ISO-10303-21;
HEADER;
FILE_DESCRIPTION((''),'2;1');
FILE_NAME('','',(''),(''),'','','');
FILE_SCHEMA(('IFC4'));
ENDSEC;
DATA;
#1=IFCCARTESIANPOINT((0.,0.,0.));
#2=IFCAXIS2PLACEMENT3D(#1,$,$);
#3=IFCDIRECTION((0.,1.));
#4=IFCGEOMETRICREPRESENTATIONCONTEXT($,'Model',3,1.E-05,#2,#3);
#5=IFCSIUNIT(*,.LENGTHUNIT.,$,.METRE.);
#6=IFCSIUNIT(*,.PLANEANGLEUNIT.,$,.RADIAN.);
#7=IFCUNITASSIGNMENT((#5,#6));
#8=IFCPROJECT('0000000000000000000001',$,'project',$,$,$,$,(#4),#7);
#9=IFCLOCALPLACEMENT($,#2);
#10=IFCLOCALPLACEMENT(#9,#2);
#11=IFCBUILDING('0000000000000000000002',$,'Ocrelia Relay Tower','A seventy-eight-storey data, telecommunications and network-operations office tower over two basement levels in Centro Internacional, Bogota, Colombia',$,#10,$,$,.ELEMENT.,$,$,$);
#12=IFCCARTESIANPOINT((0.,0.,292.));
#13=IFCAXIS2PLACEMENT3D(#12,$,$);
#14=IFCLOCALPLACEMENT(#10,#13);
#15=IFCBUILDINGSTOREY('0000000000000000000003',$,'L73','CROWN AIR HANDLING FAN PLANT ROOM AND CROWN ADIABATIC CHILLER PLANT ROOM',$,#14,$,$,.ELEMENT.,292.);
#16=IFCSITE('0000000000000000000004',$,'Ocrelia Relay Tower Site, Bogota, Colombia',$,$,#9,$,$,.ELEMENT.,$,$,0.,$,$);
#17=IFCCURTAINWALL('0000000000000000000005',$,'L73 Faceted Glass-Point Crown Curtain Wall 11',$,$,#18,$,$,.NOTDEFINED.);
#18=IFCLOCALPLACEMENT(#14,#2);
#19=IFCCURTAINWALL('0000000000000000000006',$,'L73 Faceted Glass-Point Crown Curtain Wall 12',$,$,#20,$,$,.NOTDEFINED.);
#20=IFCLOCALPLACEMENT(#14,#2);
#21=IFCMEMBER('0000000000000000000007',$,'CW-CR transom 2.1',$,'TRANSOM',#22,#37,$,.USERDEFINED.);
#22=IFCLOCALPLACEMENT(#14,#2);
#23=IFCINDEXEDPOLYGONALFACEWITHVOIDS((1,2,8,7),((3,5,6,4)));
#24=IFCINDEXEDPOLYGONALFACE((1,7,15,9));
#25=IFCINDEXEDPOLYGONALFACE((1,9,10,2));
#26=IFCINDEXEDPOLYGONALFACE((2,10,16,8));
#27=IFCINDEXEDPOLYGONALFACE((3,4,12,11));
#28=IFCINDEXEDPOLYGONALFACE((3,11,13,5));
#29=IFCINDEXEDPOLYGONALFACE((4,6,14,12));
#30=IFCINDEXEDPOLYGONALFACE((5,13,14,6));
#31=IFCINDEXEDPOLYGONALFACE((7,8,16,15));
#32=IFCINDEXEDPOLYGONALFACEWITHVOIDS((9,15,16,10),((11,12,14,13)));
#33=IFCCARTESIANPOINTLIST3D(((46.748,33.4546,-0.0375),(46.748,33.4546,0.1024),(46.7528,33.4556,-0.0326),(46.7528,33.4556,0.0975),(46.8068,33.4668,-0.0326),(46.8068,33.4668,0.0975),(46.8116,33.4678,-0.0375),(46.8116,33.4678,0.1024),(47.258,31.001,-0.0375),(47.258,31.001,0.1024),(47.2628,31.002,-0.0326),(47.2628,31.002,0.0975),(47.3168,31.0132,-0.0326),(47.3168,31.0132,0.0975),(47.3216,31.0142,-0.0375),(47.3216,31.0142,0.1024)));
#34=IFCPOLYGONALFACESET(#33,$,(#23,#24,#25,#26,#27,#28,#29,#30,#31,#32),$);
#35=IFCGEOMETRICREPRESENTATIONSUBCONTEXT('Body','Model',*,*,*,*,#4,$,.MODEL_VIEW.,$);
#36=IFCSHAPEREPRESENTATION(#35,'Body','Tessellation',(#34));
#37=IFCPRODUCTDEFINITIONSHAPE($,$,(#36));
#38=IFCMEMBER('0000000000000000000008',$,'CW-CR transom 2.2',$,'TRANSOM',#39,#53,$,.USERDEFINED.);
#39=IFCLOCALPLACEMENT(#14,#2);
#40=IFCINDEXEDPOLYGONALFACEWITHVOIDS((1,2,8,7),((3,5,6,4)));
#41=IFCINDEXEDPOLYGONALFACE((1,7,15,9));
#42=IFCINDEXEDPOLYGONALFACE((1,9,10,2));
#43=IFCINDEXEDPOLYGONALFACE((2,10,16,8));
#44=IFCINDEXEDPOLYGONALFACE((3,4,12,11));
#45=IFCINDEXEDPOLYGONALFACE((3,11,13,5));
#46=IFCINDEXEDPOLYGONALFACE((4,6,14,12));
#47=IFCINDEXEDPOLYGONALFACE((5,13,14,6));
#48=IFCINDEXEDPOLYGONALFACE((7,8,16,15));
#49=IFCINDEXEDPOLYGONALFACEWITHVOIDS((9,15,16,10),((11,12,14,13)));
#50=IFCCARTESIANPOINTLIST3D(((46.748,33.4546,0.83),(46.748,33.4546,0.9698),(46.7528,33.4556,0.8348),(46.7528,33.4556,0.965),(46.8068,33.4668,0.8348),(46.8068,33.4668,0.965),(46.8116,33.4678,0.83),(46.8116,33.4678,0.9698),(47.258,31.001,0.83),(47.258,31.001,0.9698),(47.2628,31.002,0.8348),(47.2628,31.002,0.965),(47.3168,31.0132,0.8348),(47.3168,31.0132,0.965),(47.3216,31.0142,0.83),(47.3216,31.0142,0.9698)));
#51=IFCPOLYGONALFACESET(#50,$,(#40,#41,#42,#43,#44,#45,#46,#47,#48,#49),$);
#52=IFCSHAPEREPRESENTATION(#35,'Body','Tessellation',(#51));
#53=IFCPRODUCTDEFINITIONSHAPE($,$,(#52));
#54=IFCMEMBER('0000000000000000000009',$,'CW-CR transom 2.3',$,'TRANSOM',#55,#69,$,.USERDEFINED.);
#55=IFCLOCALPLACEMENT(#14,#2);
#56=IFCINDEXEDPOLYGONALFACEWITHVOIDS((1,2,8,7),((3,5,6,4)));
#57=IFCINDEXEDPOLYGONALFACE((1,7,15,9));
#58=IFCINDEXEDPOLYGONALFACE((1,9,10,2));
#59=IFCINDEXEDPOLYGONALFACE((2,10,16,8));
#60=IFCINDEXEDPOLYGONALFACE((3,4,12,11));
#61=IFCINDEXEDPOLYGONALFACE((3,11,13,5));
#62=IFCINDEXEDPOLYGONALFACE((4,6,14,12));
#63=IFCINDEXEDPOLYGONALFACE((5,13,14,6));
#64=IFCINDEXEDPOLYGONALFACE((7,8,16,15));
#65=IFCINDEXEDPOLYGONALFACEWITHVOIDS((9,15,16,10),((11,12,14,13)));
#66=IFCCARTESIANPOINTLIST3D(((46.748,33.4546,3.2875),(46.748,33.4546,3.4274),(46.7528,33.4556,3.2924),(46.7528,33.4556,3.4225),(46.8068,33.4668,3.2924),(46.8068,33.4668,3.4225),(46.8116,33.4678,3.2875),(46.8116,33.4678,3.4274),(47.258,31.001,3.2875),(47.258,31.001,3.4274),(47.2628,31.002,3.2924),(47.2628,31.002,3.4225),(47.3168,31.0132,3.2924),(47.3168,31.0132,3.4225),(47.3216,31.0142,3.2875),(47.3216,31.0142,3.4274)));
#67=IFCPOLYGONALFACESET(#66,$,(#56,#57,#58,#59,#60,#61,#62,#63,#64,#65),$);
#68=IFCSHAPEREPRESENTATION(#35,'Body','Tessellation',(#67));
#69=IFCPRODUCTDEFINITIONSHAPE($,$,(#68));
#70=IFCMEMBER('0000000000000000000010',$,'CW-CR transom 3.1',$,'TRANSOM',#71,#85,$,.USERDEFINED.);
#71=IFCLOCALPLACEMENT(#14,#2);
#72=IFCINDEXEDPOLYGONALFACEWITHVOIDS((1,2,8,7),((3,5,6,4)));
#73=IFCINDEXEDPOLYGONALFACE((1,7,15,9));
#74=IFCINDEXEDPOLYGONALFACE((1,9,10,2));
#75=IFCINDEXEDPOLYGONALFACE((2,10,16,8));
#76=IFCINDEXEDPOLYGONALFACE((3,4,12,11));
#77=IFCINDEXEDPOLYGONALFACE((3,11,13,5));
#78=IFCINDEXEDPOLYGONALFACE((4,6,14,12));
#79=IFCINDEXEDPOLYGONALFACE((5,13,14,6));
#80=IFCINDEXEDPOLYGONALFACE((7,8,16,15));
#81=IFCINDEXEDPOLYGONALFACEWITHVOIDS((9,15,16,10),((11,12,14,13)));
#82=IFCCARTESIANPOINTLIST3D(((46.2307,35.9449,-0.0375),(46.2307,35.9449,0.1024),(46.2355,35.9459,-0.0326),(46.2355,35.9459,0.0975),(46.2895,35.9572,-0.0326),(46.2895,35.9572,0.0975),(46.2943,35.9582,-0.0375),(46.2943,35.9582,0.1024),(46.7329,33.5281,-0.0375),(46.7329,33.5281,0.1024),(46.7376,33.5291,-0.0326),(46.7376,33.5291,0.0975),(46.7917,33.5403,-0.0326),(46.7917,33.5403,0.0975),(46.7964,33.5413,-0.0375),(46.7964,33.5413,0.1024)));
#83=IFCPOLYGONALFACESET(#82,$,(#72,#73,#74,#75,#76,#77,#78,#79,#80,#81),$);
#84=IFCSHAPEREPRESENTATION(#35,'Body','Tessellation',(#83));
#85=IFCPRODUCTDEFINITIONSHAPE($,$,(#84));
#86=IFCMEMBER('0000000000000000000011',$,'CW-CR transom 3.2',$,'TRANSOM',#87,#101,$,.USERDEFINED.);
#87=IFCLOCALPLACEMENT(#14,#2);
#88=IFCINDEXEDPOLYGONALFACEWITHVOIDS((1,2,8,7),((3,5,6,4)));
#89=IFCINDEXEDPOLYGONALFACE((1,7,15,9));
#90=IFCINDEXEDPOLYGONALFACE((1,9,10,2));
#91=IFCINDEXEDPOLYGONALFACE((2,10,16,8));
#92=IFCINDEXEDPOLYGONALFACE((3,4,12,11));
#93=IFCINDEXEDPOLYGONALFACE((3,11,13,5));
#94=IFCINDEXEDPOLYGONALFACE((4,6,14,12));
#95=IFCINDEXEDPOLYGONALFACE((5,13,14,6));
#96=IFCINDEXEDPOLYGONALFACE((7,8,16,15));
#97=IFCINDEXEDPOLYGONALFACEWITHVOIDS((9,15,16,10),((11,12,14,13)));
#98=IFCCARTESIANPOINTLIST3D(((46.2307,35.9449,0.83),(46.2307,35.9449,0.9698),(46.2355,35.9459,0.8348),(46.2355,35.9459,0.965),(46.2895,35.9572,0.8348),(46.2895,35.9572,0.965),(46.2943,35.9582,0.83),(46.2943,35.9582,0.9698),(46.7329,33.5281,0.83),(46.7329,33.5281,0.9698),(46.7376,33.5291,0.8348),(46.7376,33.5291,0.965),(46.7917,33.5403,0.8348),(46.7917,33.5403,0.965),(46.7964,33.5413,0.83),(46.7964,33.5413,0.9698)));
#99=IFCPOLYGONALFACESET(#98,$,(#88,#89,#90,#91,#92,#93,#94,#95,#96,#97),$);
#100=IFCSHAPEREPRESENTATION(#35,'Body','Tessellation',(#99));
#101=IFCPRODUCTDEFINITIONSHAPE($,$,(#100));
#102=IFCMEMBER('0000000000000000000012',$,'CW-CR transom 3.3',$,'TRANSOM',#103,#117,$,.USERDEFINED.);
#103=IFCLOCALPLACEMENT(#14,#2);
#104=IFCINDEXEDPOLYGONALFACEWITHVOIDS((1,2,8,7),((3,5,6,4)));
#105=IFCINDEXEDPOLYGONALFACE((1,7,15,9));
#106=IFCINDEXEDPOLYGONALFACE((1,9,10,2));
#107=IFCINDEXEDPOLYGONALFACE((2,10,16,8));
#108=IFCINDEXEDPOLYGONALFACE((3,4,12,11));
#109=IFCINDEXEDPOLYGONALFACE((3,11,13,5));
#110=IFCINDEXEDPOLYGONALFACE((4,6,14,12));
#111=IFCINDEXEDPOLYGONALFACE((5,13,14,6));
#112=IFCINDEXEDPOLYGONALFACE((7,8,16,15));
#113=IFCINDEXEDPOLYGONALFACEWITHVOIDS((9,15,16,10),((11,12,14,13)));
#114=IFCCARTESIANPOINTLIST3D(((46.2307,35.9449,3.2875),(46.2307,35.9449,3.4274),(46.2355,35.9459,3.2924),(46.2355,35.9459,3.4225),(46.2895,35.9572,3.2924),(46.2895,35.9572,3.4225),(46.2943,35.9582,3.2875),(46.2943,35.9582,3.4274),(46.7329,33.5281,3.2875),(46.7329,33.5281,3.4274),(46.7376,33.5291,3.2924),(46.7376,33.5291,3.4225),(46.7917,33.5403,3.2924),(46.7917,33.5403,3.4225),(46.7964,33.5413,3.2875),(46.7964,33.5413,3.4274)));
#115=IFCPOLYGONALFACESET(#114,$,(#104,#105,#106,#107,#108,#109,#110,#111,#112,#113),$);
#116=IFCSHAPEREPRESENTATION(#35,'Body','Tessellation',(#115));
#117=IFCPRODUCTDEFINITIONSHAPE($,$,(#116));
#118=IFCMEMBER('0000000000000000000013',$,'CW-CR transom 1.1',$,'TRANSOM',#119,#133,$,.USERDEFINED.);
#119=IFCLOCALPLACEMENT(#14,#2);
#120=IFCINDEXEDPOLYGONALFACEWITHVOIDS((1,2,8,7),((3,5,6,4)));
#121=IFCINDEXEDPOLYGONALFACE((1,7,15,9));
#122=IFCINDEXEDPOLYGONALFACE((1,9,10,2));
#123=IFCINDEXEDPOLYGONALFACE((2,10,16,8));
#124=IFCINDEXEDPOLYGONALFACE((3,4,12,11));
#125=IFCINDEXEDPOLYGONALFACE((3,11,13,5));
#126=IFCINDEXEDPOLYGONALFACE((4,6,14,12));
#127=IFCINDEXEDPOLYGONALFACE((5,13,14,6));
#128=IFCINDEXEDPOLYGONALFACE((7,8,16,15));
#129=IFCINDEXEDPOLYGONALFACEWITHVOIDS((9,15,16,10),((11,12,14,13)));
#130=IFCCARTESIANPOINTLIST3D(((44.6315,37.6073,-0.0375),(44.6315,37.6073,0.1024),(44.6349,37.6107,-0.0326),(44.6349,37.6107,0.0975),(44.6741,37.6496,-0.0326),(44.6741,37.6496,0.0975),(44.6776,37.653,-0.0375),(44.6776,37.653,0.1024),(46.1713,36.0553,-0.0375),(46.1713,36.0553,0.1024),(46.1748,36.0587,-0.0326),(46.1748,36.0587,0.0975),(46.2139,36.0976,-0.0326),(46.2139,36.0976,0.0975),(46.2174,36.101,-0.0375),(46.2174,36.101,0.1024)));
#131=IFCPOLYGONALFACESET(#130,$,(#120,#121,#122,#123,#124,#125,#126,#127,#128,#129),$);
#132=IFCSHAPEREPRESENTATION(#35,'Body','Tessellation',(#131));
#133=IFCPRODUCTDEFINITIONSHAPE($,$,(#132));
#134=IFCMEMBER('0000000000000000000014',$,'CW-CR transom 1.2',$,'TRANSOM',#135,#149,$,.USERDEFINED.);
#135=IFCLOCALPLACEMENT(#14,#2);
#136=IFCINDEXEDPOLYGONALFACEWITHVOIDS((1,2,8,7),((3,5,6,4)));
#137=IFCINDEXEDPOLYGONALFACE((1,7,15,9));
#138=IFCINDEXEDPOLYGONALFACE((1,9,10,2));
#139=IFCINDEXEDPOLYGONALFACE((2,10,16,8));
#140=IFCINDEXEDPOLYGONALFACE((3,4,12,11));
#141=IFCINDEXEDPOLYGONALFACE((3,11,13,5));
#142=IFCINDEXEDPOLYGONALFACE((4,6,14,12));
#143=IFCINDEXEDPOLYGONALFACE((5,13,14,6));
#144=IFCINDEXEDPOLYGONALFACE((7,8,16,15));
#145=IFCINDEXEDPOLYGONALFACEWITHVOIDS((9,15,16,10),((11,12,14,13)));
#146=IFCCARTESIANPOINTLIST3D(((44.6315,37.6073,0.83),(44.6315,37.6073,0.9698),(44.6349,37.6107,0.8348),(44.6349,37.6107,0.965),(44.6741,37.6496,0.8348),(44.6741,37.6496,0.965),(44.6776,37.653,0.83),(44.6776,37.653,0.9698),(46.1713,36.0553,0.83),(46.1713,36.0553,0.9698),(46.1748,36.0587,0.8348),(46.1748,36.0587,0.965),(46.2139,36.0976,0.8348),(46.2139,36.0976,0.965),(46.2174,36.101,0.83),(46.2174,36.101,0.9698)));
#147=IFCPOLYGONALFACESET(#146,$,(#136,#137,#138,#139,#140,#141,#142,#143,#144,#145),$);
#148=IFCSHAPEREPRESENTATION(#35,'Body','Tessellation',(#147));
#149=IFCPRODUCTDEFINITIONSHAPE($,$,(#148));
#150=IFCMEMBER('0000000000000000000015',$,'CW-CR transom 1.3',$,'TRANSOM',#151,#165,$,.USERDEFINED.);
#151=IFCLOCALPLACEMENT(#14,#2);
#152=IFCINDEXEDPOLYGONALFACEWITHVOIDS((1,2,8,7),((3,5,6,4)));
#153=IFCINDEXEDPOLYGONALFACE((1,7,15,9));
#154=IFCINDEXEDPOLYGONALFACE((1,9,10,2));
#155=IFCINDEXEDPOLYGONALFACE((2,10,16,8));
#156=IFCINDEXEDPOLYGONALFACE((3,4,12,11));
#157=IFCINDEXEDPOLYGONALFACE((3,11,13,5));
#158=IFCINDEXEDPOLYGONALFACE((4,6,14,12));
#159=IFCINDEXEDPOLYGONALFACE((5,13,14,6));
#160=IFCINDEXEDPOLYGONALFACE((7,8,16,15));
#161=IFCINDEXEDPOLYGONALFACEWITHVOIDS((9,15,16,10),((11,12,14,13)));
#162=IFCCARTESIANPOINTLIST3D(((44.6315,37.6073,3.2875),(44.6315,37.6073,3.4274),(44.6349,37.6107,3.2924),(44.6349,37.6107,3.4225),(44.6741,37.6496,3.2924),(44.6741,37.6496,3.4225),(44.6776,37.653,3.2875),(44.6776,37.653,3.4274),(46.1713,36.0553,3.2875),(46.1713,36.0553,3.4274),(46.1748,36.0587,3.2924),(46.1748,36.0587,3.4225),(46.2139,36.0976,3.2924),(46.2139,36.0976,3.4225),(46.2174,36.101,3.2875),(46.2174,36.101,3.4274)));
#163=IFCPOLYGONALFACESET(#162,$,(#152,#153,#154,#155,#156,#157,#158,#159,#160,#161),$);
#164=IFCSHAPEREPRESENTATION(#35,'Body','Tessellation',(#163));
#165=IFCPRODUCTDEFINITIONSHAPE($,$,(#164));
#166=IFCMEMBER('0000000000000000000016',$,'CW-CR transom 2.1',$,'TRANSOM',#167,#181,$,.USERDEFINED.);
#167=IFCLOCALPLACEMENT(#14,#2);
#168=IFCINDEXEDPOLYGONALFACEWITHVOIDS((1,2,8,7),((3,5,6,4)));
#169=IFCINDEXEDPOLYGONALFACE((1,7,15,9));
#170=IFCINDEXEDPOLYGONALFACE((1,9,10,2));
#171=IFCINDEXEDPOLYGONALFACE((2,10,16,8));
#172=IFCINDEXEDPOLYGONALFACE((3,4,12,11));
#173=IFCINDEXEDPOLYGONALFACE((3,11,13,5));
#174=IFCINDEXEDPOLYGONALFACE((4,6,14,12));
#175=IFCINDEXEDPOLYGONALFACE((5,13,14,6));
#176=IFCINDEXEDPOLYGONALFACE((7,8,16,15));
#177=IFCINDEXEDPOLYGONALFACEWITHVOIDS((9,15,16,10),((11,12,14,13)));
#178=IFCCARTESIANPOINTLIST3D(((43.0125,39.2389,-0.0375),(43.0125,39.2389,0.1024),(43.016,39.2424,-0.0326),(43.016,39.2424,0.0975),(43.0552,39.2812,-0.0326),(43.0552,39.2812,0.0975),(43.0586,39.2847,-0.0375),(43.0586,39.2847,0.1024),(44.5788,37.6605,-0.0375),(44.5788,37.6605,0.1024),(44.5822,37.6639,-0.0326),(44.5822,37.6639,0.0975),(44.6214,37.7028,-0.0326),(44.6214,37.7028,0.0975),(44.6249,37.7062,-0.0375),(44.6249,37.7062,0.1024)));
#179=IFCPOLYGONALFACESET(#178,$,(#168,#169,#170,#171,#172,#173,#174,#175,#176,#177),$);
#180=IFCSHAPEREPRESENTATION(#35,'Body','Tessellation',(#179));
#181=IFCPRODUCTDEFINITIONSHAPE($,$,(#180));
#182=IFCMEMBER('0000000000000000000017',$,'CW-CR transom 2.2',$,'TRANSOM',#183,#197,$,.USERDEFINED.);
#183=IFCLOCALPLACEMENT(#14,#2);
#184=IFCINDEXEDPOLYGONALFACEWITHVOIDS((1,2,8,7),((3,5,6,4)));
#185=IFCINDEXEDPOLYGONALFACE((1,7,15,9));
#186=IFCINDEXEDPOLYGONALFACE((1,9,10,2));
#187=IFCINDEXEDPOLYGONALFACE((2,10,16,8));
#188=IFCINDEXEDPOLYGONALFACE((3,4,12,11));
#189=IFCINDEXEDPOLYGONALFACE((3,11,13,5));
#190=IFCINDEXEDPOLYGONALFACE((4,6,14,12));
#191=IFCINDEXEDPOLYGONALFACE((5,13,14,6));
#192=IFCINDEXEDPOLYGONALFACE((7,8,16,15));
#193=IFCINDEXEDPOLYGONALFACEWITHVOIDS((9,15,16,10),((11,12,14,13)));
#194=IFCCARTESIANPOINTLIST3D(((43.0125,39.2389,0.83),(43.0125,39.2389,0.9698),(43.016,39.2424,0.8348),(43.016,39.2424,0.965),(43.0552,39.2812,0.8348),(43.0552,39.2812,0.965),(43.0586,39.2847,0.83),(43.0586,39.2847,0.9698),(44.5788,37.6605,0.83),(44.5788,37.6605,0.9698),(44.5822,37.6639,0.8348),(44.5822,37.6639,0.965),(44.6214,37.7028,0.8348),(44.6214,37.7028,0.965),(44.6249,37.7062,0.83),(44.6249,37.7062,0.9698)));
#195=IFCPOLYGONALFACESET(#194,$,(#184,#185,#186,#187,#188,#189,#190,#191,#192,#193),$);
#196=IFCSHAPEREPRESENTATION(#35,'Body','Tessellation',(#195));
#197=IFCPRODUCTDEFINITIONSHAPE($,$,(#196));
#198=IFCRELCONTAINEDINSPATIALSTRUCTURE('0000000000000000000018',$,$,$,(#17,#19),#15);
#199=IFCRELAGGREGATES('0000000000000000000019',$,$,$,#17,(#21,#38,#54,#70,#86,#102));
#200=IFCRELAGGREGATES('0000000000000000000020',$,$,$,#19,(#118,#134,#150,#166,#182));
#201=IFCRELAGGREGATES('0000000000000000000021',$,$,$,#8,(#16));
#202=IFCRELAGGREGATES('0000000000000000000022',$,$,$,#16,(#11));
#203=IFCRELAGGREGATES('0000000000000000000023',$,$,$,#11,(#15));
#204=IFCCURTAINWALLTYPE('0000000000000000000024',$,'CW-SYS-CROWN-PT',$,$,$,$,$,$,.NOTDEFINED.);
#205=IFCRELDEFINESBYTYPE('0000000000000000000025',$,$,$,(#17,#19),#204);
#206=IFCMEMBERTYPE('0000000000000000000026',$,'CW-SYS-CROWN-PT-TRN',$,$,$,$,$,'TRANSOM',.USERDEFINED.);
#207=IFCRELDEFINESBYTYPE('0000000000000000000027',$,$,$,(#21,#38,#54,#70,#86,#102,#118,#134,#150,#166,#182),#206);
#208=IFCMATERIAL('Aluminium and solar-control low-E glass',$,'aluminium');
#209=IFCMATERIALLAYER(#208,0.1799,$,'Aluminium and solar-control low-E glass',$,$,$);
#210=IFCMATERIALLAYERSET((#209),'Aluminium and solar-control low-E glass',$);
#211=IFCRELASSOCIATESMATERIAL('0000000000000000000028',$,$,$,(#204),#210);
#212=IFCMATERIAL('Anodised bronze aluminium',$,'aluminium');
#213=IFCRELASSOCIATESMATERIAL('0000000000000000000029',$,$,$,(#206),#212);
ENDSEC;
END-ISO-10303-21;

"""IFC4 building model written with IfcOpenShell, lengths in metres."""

from ifc_helpers import new_model, si_unit, direction, frame, origin, origin_2d, place, context, subcontext, project, spatial, hollow_rectangle, extrude, material, layer, layer_set, material_profile, profile_set, type_object, element, aggregate, save


model = new_model("IFC4")

# Units and contexts
model_context = context("Model", 3, precision=1e-05, world=origin(), true_north=direction((0.0, 1.0)))
body_context = subcontext(model_context, "Body", "Model", "MODEL_VIEW")
ifc_project = project(units=[si_unit("LENGTHUNIT", "METRE"), si_unit("PLANEANGLEUNIT", "RADIAN")], contexts=[model_context])

# Site, building, storey
site_placement = place(None, origin())
site = spatial("IfcSite", under=ifc_project, at=site_placement, Name="Ocrelia Relay Tower Site, Bogota, Colombia", CompositionType="ELEMENT", RefElevation=0.0)
building_placement = place(site_placement, origin())
building = spatial("IfcBuilding", under=site, at=building_placement, Name="Ocrelia Relay Tower", Description="A seventy-eight-storey data, telecommunications and network-operations office tower over two basement levels in Centro Internacional, Bogota, Colombia", CompositionType="ELEMENT")
storey_placement = place(building_placement, frame((0.0, 0.0, 292.0)))
storey = spatial("IfcBuildingStorey", under=building, at=storey_placement, Name="L73", Description="CROWN AIR HANDLING FAN PLANT ROOM AND CROWN ADIABATIC CHILLER PLANT ROOM", CompositionType="ELEMENT", Elevation=292.0)

# Curtain walls
ifc_material_1 = material(Name="Aluminium and solar-control low-E glass", Category="aluminium")
ifc_layer_1 = layer(ifc_material_1, 0.1799, Name="Aluminium and solar-control low-E glass")
ifc_layer_set_1 = layer_set([ifc_layer_1], Name="Aluminium and solar-control low-E glass")
curtain_wall_type = type_object("IfcCurtainWallType", Name="CW-SYS-CROWN-PT", PredefinedType="NOTDEFINED", material=ifc_layer_set_1)
curtain_wall_1_placement = place(storey_placement, origin())
curtain_wall_1 = element("IfcCurtainWall", 1, at=curtain_wall_1_placement, inside=storey, type_object=curtain_wall_type, Name="L73 Faceted Glass-Point Crown Curtain Wall 11", PredefinedType="NOTDEFINED")
ifc_material_2 = material(Name="Anodised bronze aluminium", Category="aluminium")
curtain_wall_2_placement = place(storey_placement, origin())
curtain_wall_2 = element("IfcCurtainWall", 2, at=curtain_wall_2_placement, inside=storey, type_object=curtain_wall_type, Name="L73 Faceted Glass-Point Crown Curtain Wall 12", PredefinedType="NOTDEFINED")

# Members
ifc_material_profile_1 = material_profile(ifc_material_2, hollow_rectangle(XDim=0.0649, YDim=0.1399, WallThickness=0.0049, at=origin_2d()), Name="CW-TRN-140x65")
ifc_profile_set_1 = profile_set([ifc_material_profile_1], Name="Anodised bronze aluminium")
member_type_1 = type_object("IfcMemberType", Name="CW-SYS-CROWN-PT-TRN", ElementType="TRANSOM", PredefinedType="USERDEFINED", material=ifc_profile_set_1)
member_1_placement = place(storey_placement, frame((47.2898, 31.0076, 0.0325), z_axis=(-0.203511, 0.979073, 0.0), x_axis=(-0.979073, -0.203511, 0.0)))
member_1 = element("IfcMember", 3, at=member_1_placement, type_object=member_type_1, Name="CW-CR transom 2.1", ObjectType="TRANSOM", PredefinedType="USERDEFINED", context=body_context, shape_type="SweptSolid", body=[
    extrude(hollow_rectangle(XDim=0.0649, YDim=0.1399, WallThickness=0.0049, at=origin_2d()), origin(), (0.0, 0.0, 1.0), 2.5061),
])
member_2_placement = place(storey_placement, frame((47.2898, 31.0076, 0.8999), z_axis=(-0.203511, 0.979073, 0.0), x_axis=(-0.979073, -0.203511, 0.0)))
member_2 = element("IfcMember", 4, at=member_2_placement, type_object=member_type_1, Name="CW-CR transom 2.2", ObjectType="TRANSOM", PredefinedType="USERDEFINED", context=body_context, shape_type="SweptSolid", body=[
    extrude(hollow_rectangle(XDim=0.0649, YDim=0.1399, WallThickness=0.0049, at=origin_2d()), origin(), (0.0, 0.0, 1.0), 2.5061),
])
member_3_placement = place(storey_placement, frame((47.2898, 31.0076, 3.3574), z_axis=(-0.203511, 0.979073, 0.0), x_axis=(-0.979073, -0.203511, 0.0)))
member_3 = element("IfcMember", 5, at=member_3_placement, type_object=member_type_1, Name="CW-CR transom 2.3", ObjectType="TRANSOM", PredefinedType="USERDEFINED", context=body_context, shape_type="SweptSolid", body=[
    extrude(hollow_rectangle(XDim=0.0649, YDim=0.1399, WallThickness=0.0049, at=origin_2d()), origin(), (0.0, 0.0, 1.0), 2.5061),
])
member_4_placement = place(storey_placement, frame((46.7646, 33.5347, 0.0325), z_axis=(-0.203433, 0.979089, 0.0), x_axis=(-0.979089, -0.203433, 0.0)))
member_4 = element("IfcMember", 6, at=member_4_placement, type_object=member_type_1, Name="CW-CR transom 3.1", ObjectType="TRANSOM", PredefinedType="USERDEFINED", context=body_context, shape_type="SweptSolid", body=[
    extrude(hollow_rectangle(XDim=0.0649, YDim=0.1399, WallThickness=0.0049, at=origin_2d()), origin(), (0.0, 0.0, 1.0), 2.4685),
])
member_5_placement = place(storey_placement, frame((46.7646, 33.5347, 0.8999), z_axis=(-0.203433, 0.979089, 0.0), x_axis=(-0.979089, -0.203433, 0.0)))
member_5 = element("IfcMember", 7, at=member_5_placement, type_object=member_type_1, Name="CW-CR transom 3.2", ObjectType="TRANSOM", PredefinedType="USERDEFINED", context=body_context, shape_type="SweptSolid", body=[
    extrude(hollow_rectangle(XDim=0.0649, YDim=0.1399, WallThickness=0.0049, at=origin_2d()), origin(), (0.0, 0.0, 1.0), 2.4685),
])
member_6_placement = place(storey_placement, frame((46.7646, 33.5347, 3.3574), z_axis=(-0.203433, 0.979089, 0.0), x_axis=(-0.979089, -0.203433, 0.0)))
member_6 = element("IfcMember", 8, at=member_6_placement, type_object=member_type_1, Name="CW-CR transom 3.3", ObjectType="TRANSOM", PredefinedType="USERDEFINED", context=body_context, shape_type="SweptSolid", body=[
    extrude(hollow_rectangle(XDim=0.0649, YDim=0.1399, WallThickness=0.0049, at=origin_2d()), origin(), (0.0, 0.0, 1.0), 2.4685),
])
member_7_placement = place(storey_placement, frame((46.1943, 36.0781, 0.0325), z_axis=(-0.704309, 0.709893, 0.0), x_axis=(-0.709893, -0.704309, 0.0)))
member_7 = element("IfcMember", 9, at=member_7_placement, type_object=member_type_1, Name="CW-CR transom 1.1", ObjectType="TRANSOM", PredefinedType="USERDEFINED", context=body_context, shape_type="SweptSolid", body=[
    extrude(hollow_rectangle(XDim=0.0649, YDim=0.1399, WallThickness=0.0049, at=origin_2d()), origin(), (0.0, 0.0, 1.0), 2.1863),
])
member_8_placement = place(storey_placement, frame((46.1943, 36.0781, 0.8999), z_axis=(-0.704309, 0.709893, 0.0), x_axis=(-0.709893, -0.704309, 0.0)))
member_8 = element("IfcMember", 10, at=member_8_placement, type_object=member_type_1, Name="CW-CR transom 1.2", ObjectType="TRANSOM", PredefinedType="USERDEFINED", context=body_context, shape_type="SweptSolid", body=[
    extrude(hollow_rectangle(XDim=0.0649, YDim=0.1399, WallThickness=0.0049, at=origin_2d()), origin(), (0.0, 0.0, 1.0), 2.1863),
])
member_9_placement = place(storey_placement, frame((46.1943, 36.0781, 3.3574), z_axis=(-0.704309, 0.709893, 0.0), x_axis=(-0.709893, -0.704309, 0.0)))
member_9 = element("IfcMember", 11, at=member_9_placement, type_object=member_type_1, Name="CW-CR transom 1.3", ObjectType="TRANSOM", PredefinedType="USERDEFINED", context=body_context, shape_type="SweptSolid", body=[
    extrude(hollow_rectangle(XDim=0.0649, YDim=0.1399, WallThickness=0.0049, at=origin_2d()), origin(), (0.0, 0.0, 1.0), 2.1863),
])
member_10_placement = place(storey_placement, frame((44.6018, 37.6833, 0.0325), z_axis=(-0.704356, 0.709846, 0.0), x_axis=(-0.709846, -0.704356, 0.0)))
member_10 = element("IfcMember", 12, at=member_10_placement, type_object=member_type_1, Name="CW-CR transom 2.1", ObjectType="TRANSOM", PredefinedType="USERDEFINED", context=body_context, shape_type="SweptSolid", body=[
    extrude(hollow_rectangle(XDim=0.0649, YDim=0.1399, WallThickness=0.0049, at=origin_2d()), origin(), (0.0, 0.0, 1.0), 2.2236),
])
member_11_placement = place(storey_placement, frame((44.6018, 37.6833, 0.8999), z_axis=(-0.704356, 0.709846, 0.0), x_axis=(-0.709846, -0.704356, 0.0)))
member_11 = element("IfcMember", 13, at=member_11_placement, type_object=member_type_1, Name="CW-CR transom 2.2", ObjectType="TRANSOM", PredefinedType="USERDEFINED", context=body_context, shape_type="SweptSolid", body=[
    extrude(hollow_rectangle(XDim=0.0649, YDim=0.1399, WallThickness=0.0049, at=origin_2d()), origin(), (0.0, 0.0, 1.0), 2.2236),
])

aggregate(curtain_wall_1, [member_1, member_2, member_3, member_4, member_5, member_6])
aggregate(curtain_wall_2, [member_7, member_8, member_9, member_10, member_11])

save(model, "model.ifc")
